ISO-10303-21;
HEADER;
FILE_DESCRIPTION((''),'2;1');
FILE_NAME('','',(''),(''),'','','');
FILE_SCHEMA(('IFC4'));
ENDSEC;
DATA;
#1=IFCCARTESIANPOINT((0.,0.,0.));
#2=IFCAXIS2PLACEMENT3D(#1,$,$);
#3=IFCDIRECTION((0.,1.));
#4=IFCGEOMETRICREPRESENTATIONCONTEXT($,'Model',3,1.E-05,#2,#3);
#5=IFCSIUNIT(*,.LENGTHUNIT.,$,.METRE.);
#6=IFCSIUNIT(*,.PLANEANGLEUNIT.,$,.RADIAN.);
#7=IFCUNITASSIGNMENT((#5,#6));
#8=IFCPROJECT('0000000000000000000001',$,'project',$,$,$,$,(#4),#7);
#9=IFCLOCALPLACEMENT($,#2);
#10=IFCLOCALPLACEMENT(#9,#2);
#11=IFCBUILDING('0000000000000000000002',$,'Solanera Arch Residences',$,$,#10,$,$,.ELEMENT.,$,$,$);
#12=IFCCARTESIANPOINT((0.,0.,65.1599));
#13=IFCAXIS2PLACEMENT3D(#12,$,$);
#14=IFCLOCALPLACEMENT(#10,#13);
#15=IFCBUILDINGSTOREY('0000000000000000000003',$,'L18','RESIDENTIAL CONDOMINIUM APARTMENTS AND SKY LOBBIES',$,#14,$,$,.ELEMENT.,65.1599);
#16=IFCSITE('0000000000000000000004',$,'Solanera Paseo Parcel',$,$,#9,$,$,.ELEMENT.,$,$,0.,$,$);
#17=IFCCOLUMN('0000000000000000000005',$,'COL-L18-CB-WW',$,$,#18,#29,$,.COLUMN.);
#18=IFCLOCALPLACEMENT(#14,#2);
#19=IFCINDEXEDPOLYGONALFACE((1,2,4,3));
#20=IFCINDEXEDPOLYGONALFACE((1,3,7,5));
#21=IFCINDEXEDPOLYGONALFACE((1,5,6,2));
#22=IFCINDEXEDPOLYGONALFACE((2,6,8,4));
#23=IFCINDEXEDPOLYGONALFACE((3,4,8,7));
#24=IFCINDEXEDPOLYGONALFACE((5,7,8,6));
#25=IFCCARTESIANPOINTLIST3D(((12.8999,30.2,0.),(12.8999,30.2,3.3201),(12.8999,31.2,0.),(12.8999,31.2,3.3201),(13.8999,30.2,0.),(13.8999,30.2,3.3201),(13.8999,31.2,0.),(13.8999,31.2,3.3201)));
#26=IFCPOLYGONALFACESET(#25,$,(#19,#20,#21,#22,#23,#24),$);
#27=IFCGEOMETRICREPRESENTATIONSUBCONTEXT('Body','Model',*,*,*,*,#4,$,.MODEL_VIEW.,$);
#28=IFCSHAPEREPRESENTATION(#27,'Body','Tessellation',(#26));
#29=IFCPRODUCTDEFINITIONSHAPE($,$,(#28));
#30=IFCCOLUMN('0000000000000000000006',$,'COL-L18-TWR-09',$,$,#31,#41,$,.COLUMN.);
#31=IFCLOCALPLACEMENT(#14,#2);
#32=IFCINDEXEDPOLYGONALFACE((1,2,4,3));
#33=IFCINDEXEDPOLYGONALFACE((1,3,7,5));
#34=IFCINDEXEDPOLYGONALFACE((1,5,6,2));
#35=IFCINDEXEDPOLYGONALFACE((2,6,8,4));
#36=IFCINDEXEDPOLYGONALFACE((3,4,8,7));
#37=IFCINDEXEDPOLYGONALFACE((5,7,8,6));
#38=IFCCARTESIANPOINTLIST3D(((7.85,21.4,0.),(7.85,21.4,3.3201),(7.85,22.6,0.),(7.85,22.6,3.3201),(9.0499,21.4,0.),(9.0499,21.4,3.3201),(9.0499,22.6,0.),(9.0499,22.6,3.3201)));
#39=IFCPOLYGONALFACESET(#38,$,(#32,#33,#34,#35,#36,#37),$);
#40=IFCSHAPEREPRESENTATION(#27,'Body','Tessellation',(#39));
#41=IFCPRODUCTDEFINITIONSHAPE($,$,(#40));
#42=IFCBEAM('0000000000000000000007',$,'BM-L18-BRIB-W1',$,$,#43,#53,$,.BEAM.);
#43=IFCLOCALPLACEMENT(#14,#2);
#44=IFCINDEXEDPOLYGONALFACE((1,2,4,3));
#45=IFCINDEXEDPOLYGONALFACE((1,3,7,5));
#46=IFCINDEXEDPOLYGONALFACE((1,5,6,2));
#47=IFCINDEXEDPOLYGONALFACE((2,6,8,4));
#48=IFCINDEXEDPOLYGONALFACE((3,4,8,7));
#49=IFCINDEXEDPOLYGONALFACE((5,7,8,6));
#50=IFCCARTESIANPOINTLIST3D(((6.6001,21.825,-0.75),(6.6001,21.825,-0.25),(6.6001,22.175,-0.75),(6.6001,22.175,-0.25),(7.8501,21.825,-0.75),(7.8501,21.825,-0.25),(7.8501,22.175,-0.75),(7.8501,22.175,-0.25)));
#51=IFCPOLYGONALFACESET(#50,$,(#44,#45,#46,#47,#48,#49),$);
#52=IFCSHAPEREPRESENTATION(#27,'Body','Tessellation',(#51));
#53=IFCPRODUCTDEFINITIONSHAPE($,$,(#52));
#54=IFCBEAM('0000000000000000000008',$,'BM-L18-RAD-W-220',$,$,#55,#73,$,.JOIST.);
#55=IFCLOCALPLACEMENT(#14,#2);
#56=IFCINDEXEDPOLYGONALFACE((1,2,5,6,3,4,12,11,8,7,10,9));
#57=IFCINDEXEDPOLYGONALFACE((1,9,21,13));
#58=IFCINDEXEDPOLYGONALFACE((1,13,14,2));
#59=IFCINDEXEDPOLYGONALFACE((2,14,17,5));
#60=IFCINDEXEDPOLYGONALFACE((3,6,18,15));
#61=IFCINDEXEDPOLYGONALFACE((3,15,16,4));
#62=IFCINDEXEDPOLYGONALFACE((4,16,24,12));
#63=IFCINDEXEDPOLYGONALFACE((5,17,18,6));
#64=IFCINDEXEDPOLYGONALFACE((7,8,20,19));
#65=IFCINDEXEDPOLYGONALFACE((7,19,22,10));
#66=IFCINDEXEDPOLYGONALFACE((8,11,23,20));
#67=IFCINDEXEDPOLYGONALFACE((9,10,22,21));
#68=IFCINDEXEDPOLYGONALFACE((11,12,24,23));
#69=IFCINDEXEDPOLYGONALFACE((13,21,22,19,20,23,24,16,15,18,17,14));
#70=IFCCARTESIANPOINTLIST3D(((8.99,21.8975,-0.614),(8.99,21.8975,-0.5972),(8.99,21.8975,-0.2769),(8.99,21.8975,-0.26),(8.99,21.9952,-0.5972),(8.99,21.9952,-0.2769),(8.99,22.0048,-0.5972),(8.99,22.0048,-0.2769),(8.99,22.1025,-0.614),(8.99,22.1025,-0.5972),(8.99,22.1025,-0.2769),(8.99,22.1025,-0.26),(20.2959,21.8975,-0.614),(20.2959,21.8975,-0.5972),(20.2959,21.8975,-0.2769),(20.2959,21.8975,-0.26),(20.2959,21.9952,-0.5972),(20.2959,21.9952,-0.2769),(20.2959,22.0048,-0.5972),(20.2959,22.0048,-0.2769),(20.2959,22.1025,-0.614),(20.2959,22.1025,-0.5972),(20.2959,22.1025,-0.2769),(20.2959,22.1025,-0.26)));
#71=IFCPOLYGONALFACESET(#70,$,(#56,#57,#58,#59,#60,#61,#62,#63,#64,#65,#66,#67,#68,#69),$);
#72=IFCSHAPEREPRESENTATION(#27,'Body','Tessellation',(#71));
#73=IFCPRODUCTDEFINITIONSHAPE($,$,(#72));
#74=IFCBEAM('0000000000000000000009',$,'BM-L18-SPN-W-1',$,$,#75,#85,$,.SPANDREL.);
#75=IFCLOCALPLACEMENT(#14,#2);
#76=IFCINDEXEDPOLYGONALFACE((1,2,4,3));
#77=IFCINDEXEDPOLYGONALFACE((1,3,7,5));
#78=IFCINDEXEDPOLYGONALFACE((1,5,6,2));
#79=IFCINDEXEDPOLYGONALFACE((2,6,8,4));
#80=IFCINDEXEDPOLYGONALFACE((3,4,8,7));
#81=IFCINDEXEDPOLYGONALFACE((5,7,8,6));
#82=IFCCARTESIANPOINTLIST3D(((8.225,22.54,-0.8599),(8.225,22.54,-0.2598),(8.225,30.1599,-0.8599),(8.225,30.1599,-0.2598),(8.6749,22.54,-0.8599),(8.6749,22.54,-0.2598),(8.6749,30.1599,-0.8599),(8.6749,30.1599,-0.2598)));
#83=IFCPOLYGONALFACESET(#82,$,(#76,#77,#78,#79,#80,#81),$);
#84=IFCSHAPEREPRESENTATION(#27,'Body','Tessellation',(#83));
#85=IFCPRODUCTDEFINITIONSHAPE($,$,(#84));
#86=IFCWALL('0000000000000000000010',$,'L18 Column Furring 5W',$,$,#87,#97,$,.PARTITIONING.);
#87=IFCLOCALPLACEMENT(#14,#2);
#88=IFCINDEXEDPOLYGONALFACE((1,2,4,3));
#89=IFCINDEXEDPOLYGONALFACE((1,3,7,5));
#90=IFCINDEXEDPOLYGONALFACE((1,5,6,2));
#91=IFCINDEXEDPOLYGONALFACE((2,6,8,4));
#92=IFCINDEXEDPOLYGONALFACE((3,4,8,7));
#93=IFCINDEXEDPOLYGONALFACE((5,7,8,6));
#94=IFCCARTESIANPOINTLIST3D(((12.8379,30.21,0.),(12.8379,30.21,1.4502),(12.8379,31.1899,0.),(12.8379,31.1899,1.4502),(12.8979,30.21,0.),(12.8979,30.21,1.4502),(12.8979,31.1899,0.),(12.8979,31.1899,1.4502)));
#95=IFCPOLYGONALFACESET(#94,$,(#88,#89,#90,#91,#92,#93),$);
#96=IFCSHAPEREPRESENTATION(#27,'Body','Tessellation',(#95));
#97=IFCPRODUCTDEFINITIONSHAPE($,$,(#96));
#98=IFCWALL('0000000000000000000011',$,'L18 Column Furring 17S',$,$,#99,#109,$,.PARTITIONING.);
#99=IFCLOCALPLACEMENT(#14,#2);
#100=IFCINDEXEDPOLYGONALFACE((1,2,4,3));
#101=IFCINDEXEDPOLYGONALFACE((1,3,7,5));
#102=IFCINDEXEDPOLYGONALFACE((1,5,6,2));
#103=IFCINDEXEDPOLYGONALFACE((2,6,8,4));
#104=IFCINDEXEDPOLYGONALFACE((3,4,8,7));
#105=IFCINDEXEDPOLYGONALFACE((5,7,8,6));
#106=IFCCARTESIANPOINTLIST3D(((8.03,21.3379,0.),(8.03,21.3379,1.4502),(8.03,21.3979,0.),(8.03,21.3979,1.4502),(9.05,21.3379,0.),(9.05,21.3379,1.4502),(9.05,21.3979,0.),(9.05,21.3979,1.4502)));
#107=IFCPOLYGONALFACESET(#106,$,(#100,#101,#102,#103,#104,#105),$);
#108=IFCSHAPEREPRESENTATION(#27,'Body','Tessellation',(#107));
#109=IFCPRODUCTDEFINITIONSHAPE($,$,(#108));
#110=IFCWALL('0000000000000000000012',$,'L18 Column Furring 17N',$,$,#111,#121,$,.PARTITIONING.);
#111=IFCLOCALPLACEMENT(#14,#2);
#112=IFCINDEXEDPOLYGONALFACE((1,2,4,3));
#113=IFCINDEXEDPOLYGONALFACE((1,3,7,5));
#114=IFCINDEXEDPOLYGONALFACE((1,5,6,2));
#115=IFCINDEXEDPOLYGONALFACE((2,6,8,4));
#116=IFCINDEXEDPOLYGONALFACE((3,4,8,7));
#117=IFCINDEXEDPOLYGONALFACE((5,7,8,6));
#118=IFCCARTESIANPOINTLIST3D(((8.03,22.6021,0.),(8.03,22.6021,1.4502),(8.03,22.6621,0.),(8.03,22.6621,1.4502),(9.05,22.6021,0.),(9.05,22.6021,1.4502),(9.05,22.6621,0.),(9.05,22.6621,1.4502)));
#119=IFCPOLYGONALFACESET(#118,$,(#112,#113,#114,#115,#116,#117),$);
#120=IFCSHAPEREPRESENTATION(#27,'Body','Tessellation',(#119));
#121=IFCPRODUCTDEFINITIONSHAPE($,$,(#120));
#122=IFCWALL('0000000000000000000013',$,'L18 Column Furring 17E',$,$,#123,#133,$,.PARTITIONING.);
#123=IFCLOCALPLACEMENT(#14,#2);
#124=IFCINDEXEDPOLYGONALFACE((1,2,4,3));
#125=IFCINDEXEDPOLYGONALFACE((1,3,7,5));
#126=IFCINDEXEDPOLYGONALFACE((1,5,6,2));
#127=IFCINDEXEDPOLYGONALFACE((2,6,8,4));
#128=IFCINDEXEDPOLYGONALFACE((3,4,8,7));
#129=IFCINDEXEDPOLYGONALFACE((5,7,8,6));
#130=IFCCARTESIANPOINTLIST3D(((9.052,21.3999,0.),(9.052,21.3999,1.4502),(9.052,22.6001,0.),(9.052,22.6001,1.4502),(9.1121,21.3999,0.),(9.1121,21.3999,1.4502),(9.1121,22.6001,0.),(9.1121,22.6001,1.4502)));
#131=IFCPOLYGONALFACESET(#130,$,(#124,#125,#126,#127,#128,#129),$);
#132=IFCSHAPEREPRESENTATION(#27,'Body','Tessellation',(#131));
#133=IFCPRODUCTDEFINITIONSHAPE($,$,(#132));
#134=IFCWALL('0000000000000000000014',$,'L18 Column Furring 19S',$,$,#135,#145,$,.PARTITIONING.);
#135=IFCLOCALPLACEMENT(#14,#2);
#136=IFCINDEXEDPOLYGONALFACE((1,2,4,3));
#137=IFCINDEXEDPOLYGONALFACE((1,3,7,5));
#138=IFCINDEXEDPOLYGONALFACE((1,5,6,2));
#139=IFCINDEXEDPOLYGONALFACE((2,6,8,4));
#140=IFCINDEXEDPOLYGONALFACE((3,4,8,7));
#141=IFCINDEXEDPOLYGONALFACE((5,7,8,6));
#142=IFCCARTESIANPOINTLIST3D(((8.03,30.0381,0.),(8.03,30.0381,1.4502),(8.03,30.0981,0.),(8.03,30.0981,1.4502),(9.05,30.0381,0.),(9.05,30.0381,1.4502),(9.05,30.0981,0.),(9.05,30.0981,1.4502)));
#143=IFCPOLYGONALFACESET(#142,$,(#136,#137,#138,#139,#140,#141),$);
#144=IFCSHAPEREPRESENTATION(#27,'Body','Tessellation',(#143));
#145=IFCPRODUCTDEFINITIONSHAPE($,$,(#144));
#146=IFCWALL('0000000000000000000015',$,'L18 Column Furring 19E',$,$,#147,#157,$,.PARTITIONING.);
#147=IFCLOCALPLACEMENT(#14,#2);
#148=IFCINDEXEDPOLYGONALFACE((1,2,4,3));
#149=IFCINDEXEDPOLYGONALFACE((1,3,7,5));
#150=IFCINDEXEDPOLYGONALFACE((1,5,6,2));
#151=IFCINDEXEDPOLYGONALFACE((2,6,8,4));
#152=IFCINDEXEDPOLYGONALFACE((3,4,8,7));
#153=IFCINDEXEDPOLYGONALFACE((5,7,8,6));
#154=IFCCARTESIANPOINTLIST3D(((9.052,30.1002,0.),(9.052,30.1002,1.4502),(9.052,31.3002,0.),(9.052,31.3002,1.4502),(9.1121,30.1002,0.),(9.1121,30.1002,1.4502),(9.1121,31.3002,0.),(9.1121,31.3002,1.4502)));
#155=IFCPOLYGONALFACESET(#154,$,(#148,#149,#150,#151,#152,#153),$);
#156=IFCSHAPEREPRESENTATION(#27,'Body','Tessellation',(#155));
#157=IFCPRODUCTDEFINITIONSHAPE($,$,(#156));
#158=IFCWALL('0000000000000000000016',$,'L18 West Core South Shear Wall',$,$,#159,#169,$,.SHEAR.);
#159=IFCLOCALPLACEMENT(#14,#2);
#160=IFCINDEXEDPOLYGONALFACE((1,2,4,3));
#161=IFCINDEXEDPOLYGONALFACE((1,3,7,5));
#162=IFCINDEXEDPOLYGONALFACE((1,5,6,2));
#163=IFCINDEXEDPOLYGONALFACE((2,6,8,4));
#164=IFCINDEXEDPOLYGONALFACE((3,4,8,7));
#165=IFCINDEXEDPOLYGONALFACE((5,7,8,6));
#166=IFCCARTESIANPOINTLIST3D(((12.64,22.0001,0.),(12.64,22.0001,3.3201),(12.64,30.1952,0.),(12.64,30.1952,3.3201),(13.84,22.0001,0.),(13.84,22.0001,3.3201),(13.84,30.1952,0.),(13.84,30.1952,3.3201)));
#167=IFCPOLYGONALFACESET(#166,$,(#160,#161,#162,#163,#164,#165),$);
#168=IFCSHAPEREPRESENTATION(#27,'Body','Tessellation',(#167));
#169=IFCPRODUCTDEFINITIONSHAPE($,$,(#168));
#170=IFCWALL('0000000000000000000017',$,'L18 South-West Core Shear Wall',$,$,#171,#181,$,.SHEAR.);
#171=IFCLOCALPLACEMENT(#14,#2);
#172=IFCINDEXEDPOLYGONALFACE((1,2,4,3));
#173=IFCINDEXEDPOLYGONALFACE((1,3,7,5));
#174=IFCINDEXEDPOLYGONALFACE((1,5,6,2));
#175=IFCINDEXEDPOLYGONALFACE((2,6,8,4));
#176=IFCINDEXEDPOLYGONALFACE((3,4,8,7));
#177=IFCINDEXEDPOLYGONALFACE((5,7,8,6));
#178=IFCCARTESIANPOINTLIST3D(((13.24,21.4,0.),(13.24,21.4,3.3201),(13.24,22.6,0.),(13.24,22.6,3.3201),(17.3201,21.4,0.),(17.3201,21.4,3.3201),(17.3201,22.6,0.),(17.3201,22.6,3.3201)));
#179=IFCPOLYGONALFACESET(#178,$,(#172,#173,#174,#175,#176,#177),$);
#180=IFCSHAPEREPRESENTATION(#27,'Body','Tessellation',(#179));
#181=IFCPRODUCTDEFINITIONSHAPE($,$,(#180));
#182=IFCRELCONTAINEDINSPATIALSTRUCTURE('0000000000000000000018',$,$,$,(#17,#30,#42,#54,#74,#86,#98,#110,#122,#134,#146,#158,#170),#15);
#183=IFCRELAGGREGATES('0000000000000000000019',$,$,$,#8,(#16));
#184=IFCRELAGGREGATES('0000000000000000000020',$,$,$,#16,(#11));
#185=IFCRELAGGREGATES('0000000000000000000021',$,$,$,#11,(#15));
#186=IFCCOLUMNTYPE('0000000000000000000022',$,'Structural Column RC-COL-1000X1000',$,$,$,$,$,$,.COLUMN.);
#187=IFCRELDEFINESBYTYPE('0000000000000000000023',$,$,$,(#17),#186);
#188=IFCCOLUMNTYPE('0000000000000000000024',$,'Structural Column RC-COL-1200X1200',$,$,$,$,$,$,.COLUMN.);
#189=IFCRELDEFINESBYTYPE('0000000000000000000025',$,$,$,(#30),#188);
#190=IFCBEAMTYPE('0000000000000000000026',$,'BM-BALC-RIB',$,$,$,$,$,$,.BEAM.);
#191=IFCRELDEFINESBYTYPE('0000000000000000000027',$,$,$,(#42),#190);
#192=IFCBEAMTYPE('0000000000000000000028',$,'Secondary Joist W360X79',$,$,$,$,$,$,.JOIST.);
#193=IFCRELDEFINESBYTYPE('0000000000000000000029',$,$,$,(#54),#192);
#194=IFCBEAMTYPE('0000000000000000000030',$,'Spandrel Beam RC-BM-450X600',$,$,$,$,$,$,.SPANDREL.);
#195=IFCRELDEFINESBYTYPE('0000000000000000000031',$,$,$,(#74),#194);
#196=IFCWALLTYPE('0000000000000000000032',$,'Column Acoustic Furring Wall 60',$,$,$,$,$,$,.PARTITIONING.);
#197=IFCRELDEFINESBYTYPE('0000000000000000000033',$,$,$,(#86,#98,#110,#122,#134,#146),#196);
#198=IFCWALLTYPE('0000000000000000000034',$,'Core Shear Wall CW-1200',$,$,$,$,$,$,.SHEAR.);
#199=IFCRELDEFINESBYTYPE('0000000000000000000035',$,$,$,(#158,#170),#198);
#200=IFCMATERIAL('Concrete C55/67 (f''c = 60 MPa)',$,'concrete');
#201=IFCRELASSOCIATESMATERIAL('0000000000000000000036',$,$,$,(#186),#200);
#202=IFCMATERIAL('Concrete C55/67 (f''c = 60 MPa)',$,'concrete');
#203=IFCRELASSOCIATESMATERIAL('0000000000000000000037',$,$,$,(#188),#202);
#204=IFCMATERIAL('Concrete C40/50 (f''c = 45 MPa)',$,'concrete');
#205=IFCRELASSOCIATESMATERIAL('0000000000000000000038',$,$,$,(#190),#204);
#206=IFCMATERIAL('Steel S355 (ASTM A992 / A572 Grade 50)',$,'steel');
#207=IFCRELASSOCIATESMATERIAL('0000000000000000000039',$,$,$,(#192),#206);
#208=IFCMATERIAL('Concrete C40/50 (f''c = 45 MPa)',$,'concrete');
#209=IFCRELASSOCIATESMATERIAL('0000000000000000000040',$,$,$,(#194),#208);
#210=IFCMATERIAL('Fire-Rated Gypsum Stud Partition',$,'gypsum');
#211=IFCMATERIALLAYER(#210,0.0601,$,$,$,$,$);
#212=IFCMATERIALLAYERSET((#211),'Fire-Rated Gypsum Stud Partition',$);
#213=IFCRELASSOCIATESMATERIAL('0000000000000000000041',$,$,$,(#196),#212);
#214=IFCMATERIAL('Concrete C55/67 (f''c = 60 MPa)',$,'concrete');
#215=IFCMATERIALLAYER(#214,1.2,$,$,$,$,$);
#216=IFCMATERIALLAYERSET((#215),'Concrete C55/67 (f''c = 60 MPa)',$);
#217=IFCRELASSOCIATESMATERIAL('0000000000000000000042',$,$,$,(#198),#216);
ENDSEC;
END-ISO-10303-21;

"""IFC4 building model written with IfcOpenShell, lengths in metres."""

from ifc_helpers import new_model, si_unit, direction, frame, frame_2d, origin, origin_2d, place, context, subcontext, project, spatial, rectangle, i_section, extrude, material, layer, layer_set, material_profile, profile_set, type_object, element, save


model = new_model("IFC4")

# Units and contexts
model_context = context("Model", 3, precision=1e-05, world=origin(), true_north=direction((0.0, 1.0)))
body_context = subcontext(model_context, "Body", "Model", "MODEL_VIEW")
ifc_project = project(units=[si_unit("LENGTHUNIT", "METRE"), si_unit("PLANEANGLEUNIT", "RADIAN")], contexts=[model_context])

# Site, building, storey
site_placement = place(None, origin())
site = spatial("IfcSite", under=ifc_project, at=site_placement, Name="Solanera Paseo Parcel", CompositionType="ELEMENT", RefElevation=0.0)
building_placement = place(site_placement, origin())
building = spatial("IfcBuilding", under=site, at=building_placement, Name="Solanera Arch Residences", CompositionType="ELEMENT")
storey_placement = place(building_placement, frame((0.0, 0.0, 65.1599)))
storey = spatial("IfcBuildingStorey", under=building, at=storey_placement, Name="L18", Description="RESIDENTIAL CONDOMINIUM APARTMENTS AND SKY LOBBIES", CompositionType="ELEMENT", Elevation=65.1599)

# Columns
ifc_material_1 = material(Name="Concrete C55/67 (f'c = 60 MPa)", Category="concrete")
ifc_material_profile_1 = material_profile(ifc_material_1, rectangle(XDim=1.0, YDim=1.0, at=origin_2d()))
ifc_profile_set_1 = profile_set([ifc_material_profile_1], Name="Concrete C55/67 (f'c = 60 MPa)")
column_type_1 = type_object("IfcColumnType", Name="Structural Column RC-COL-1000X1000", PredefinedType="COLUMN", material=ifc_profile_set_1)
column_1_placement = place(storey_placement, frame((13.3999, 30.7, 0.0), z_axis=(0.0, 0.0, 1.0), x_axis=(1.0, 0.0, 0.0)))
element("IfcColumn", 1, at=column_1_placement, inside=storey, type_object=column_type_1, Name="COL-L18-CB-WW", PredefinedType="COLUMN", context=body_context, shape_type="SweptSolid", body=[
    extrude(rectangle(XDim=1.0, YDim=1.0, at=origin_2d()), origin(), (0.0, 0.0, 1.0), 3.3201),
])
ifc_material_2 = material(Name="Concrete C55/67 (f'c = 60 MPa)", Category="concrete")
ifc_material_profile_2 = material_profile(ifc_material_2, rectangle(XDim=1.2, YDim=1.2, at=origin_2d()))
ifc_profile_set_2 = profile_set([ifc_material_profile_2], Name="Concrete C55/67 (f'c = 60 MPa)")
column_type_2 = type_object("IfcColumnType", Name="Structural Column RC-COL-1200X1200", PredefinedType="COLUMN", material=ifc_profile_set_2)
column_2_placement = place(storey_placement, frame((8.45, 22.0, 0.0), z_axis=(0.0, 0.0, 1.0), x_axis=(1.0, 0.0, 0.0)))
element("IfcColumn", 2, at=column_2_placement, inside=storey, type_object=column_type_2, Name="COL-L18-TWR-09", PredefinedType="COLUMN", context=body_context, shape_type="SweptSolid", body=[
    extrude(rectangle(XDim=1.2, YDim=1.2, at=origin_2d()), origin(), (0.0, 0.0, 1.0), 3.3201),
])

# Beams
ifc_material_3 = material(Name="Concrete C40/50 (f'c = 45 MPa)", Category="concrete")
ifc_material_profile_3 = material_profile(ifc_material_3, rectangle(XDim=0.3501, YDim=0.5, at=origin_2d()))
ifc_profile_set_3 = profile_set([ifc_material_profile_3], Name="Concrete C40/50 (f'c = 45 MPa)")
beam_type_1 = type_object("IfcBeamType", Name="BM-BALC-RIB", PredefinedType="BEAM", material=ifc_profile_set_3)
beam_1_placement = place(storey_placement, frame((6.6001, 22.0, -0.5), z_axis=(1.0, 0.0, 0.0), x_axis=(0.0, 1.0, 0.0)))
element("IfcBeam", 3, at=beam_1_placement, inside=storey, type_object=beam_type_1, Name="BM-L18-BRIB-W1", PredefinedType="BEAM", context=body_context, shape_type="SweptSolid", body=[
    extrude(rectangle(XDim=0.3501, YDim=0.5, at=origin_2d()), origin(), (0.0, 0.0, 1.0), 1.25),
])
ifc_material_4 = material(Name="Steel S355 (ASTM A992 / A572 Grade 50)", Category="steel")
ifc_material_profile_4 = material_profile(ifc_material_4, i_section(OverallWidth=0.2051, OverallDepth=0.354, WebThickness=0.0095, FlangeThickness=0.0168, at=origin_2d()))
ifc_profile_set_4 = profile_set([ifc_material_profile_4], Name="Steel S355 (ASTM A992 / A572 Grade 50)")
beam_type_2 = type_object("IfcBeamType", Name="Secondary Joist W360X79", PredefinedType="JOIST", material=ifc_profile_set_4)
beam_2_placement = place(storey_placement, frame((8.99, 22.0, -0.437), z_axis=(1.0, 0.0, 0.0), x_axis=(0.0, 1.0, 0.0)))
element("IfcBeam", 4, at=beam_2_placement, inside=storey, type_object=beam_type_2, Name="BM-L18-RAD-W-220", PredefinedType="JOIST", context=body_context, shape_type="SweptSolid", body=[
    extrude(i_section(OverallWidth=0.2051, OverallDepth=0.354, WebThickness=0.0095, FlangeThickness=0.0168, at=origin_2d()), origin(), (0.0, 0.0, 1.0), 11.3059),
])
ifc_material_5 = material(Name="Concrete C40/50 (f'c = 45 MPa)", Category="concrete")
ifc_material_profile_5 = material_profile(ifc_material_5, rectangle(XDim=0.45, YDim=0.6001, at=origin_2d()))
ifc_profile_set_5 = profile_set([ifc_material_profile_5], Name="Concrete C40/50 (f'c = 45 MPa)")
beam_type_3 = type_object("IfcBeamType", Name="Spandrel Beam RC-BM-450X600", PredefinedType="SPANDREL", material=ifc_profile_set_5)
beam_3_placement = place(storey_placement, frame((8.45, 22.54, -0.5598), z_axis=(0.0, 1.0, 0.0), x_axis=(-1.0, 0.0, 0.0)))
element("IfcBeam", 5, at=beam_3_placement, inside=storey, type_object=beam_type_3, Name="BM-L18-SPN-W-1", PredefinedType="SPANDREL", context=body_context, shape_type="SweptSolid", body=[
    extrude(rectangle(XDim=0.45, YDim=0.6001, at=origin_2d()), origin(), (0.0, 0.0, 1.0), 7.6199),
])

# Walls
ifc_material_6 = material(Name="Fire-Rated Gypsum Stud Partition", Category="gypsum")
ifc_layer_1 = layer(ifc_material_6, 0.0601)
ifc_layer_set_1 = layer_set([ifc_layer_1], Name="Fire-Rated Gypsum Stud Partition")
wall_type_1 = type_object("IfcWallType", Name="Column Acoustic Furring Wall 60", PredefinedType="PARTITIONING", material=ifc_layer_set_1)
wall_1_placement = place(storey_placement, frame((12.8679, 30.21, 0.0), z_axis=(0.0, 0.0, 1.0), x_axis=(0.0, 1.0, 0.0)))
element("IfcWall", 6, at=wall_1_placement, inside=storey, type_object=wall_type_1, Name="L18 Column Furring 5W", PredefinedType="PARTITIONING", context=body_context, shape_type="SweptSolid", body=[
    extrude(rectangle(XDim=0.98, YDim=0.0601, at=frame_2d((0.49, 0.0))), origin(), (0.0, 0.0, 1.0), 1.4502),
])
for number, where, z_axis, x_axis, name in (
    (7, (8.03, 21.3679, 0.0), (0.0, 0.0, 1.0), (1.0, 0.0, 0.0), "L18 Column Furring 17S"),
    (8, (8.03, 22.6321, 0.0), (0.0, 0.0, 1.0), (1.0, 0.0, 0.0), "L18 Column Furring 17N"),
):
    element("IfcWall", number, at=place(storey_placement, frame(where, z_axis=z_axis, x_axis=x_axis)), inside=storey, type_object=wall_type_1, Name=name, PredefinedType="PARTITIONING", context=body_context, shape_type="SweptSolid", body=[
        extrude(rectangle(XDim=1.02, YDim=0.0601, at=frame_2d((0.51, 0.0))), origin(), (0.0, 0.0, 1.0), 1.4502),
    ])
wall_2_placement = place(storey_placement, frame((9.082, 21.3999, 0.0), z_axis=(0.0, 0.0, 1.0), x_axis=(0.0, 1.0, 0.0)))
element("IfcWall", 9, at=wall_2_placement, inside=storey, type_object=wall_type_1, Name="L18 Column Furring 17E", PredefinedType="PARTITIONING", context=body_context, shape_type="SweptSolid", body=[
    extrude(rectangle(XDim=1.2002, YDim=0.0601, at=frame_2d((0.6001, 0.0))), origin(), (0.0, 0.0, 1.0), 1.4502),
])
wall_3_placement = place(storey_placement, frame((8.03, 30.0681, 0.0), z_axis=(0.0, 0.0, 1.0), x_axis=(1.0, 0.0, 0.0)))
element("IfcWall", 10, at=wall_3_placement, inside=storey, type_object=wall_type_1, Name="L18 Column Furring 19S", PredefinedType="PARTITIONING", context=body_context, shape_type="SweptSolid", body=[
    extrude(rectangle(XDim=1.02, YDim=0.0601, at=frame_2d((0.51, 0.0))), origin(), (0.0, 0.0, 1.0), 1.4502),
])
wall_4_placement = place(storey_placement, frame((9.082, 30.1001, 0.0), z_axis=(0.0, 0.0, 1.0), x_axis=(0.0, 1.0, 0.0)))
element("IfcWall", 11, at=wall_4_placement, inside=storey, type_object=wall_type_1, Name="L18 Column Furring 19E", PredefinedType="PARTITIONING", context=body_context, shape_type="SweptSolid", body=[
    extrude(rectangle(XDim=1.2, YDim=0.0601, at=frame_2d((0.6001, 0.0))), origin(), (0.0, 0.0, 1.0), 1.4502),
])
ifc_material_7 = material(Name="Concrete C55/67 (f'c = 60 MPa)", Category="concrete")
ifc_layer_2 = layer(ifc_material_7, 1.2)
ifc_layer_set_2 = layer_set([ifc_layer_2], Name="Concrete C55/67 (f'c = 60 MPa)")
wall_type_2 = type_object("IfcWallType", Name="Core Shear Wall CW-1200", PredefinedType="SHEAR", material=ifc_layer_set_2)
wall_5_placement = place(storey_placement, frame((13.24, 22.0, 0.0), z_axis=(0.0, 0.0, 1.0), x_axis=(0.0, 1.0, 0.0)))
element("IfcWall", 12, at=wall_5_placement, inside=storey, type_object=wall_type_2, Name="L18 West Core South Shear Wall", PredefinedType="SHEAR", context=body_context, shape_type="SweptSolid", body=[
    extrude(rectangle(XDim=8.1951, YDim=1.2, at=frame_2d((4.0977, 0.0))), origin(), (0.0, 0.0, 1.0), 3.3201),
])
wall_6_placement = place(storey_placement, frame((13.24, 22.0, 0.0), z_axis=(0.0, 0.0, 1.0), x_axis=(1.0, 0.0, 0.0)))
element("IfcWall", 13, at=wall_6_placement, inside=storey, type_object=wall_type_2, Name="L18 South-West Core Shear Wall", PredefinedType="SHEAR", context=body_context, shape_type="SweptSolid", body=[
    extrude(rectangle(XDim=4.0801, YDim=1.2, at=frame_2d((2.04, 0.0))), origin(), (0.0, 0.0, 1.0), 3.3201),
])

save(model, "model.ifc")
